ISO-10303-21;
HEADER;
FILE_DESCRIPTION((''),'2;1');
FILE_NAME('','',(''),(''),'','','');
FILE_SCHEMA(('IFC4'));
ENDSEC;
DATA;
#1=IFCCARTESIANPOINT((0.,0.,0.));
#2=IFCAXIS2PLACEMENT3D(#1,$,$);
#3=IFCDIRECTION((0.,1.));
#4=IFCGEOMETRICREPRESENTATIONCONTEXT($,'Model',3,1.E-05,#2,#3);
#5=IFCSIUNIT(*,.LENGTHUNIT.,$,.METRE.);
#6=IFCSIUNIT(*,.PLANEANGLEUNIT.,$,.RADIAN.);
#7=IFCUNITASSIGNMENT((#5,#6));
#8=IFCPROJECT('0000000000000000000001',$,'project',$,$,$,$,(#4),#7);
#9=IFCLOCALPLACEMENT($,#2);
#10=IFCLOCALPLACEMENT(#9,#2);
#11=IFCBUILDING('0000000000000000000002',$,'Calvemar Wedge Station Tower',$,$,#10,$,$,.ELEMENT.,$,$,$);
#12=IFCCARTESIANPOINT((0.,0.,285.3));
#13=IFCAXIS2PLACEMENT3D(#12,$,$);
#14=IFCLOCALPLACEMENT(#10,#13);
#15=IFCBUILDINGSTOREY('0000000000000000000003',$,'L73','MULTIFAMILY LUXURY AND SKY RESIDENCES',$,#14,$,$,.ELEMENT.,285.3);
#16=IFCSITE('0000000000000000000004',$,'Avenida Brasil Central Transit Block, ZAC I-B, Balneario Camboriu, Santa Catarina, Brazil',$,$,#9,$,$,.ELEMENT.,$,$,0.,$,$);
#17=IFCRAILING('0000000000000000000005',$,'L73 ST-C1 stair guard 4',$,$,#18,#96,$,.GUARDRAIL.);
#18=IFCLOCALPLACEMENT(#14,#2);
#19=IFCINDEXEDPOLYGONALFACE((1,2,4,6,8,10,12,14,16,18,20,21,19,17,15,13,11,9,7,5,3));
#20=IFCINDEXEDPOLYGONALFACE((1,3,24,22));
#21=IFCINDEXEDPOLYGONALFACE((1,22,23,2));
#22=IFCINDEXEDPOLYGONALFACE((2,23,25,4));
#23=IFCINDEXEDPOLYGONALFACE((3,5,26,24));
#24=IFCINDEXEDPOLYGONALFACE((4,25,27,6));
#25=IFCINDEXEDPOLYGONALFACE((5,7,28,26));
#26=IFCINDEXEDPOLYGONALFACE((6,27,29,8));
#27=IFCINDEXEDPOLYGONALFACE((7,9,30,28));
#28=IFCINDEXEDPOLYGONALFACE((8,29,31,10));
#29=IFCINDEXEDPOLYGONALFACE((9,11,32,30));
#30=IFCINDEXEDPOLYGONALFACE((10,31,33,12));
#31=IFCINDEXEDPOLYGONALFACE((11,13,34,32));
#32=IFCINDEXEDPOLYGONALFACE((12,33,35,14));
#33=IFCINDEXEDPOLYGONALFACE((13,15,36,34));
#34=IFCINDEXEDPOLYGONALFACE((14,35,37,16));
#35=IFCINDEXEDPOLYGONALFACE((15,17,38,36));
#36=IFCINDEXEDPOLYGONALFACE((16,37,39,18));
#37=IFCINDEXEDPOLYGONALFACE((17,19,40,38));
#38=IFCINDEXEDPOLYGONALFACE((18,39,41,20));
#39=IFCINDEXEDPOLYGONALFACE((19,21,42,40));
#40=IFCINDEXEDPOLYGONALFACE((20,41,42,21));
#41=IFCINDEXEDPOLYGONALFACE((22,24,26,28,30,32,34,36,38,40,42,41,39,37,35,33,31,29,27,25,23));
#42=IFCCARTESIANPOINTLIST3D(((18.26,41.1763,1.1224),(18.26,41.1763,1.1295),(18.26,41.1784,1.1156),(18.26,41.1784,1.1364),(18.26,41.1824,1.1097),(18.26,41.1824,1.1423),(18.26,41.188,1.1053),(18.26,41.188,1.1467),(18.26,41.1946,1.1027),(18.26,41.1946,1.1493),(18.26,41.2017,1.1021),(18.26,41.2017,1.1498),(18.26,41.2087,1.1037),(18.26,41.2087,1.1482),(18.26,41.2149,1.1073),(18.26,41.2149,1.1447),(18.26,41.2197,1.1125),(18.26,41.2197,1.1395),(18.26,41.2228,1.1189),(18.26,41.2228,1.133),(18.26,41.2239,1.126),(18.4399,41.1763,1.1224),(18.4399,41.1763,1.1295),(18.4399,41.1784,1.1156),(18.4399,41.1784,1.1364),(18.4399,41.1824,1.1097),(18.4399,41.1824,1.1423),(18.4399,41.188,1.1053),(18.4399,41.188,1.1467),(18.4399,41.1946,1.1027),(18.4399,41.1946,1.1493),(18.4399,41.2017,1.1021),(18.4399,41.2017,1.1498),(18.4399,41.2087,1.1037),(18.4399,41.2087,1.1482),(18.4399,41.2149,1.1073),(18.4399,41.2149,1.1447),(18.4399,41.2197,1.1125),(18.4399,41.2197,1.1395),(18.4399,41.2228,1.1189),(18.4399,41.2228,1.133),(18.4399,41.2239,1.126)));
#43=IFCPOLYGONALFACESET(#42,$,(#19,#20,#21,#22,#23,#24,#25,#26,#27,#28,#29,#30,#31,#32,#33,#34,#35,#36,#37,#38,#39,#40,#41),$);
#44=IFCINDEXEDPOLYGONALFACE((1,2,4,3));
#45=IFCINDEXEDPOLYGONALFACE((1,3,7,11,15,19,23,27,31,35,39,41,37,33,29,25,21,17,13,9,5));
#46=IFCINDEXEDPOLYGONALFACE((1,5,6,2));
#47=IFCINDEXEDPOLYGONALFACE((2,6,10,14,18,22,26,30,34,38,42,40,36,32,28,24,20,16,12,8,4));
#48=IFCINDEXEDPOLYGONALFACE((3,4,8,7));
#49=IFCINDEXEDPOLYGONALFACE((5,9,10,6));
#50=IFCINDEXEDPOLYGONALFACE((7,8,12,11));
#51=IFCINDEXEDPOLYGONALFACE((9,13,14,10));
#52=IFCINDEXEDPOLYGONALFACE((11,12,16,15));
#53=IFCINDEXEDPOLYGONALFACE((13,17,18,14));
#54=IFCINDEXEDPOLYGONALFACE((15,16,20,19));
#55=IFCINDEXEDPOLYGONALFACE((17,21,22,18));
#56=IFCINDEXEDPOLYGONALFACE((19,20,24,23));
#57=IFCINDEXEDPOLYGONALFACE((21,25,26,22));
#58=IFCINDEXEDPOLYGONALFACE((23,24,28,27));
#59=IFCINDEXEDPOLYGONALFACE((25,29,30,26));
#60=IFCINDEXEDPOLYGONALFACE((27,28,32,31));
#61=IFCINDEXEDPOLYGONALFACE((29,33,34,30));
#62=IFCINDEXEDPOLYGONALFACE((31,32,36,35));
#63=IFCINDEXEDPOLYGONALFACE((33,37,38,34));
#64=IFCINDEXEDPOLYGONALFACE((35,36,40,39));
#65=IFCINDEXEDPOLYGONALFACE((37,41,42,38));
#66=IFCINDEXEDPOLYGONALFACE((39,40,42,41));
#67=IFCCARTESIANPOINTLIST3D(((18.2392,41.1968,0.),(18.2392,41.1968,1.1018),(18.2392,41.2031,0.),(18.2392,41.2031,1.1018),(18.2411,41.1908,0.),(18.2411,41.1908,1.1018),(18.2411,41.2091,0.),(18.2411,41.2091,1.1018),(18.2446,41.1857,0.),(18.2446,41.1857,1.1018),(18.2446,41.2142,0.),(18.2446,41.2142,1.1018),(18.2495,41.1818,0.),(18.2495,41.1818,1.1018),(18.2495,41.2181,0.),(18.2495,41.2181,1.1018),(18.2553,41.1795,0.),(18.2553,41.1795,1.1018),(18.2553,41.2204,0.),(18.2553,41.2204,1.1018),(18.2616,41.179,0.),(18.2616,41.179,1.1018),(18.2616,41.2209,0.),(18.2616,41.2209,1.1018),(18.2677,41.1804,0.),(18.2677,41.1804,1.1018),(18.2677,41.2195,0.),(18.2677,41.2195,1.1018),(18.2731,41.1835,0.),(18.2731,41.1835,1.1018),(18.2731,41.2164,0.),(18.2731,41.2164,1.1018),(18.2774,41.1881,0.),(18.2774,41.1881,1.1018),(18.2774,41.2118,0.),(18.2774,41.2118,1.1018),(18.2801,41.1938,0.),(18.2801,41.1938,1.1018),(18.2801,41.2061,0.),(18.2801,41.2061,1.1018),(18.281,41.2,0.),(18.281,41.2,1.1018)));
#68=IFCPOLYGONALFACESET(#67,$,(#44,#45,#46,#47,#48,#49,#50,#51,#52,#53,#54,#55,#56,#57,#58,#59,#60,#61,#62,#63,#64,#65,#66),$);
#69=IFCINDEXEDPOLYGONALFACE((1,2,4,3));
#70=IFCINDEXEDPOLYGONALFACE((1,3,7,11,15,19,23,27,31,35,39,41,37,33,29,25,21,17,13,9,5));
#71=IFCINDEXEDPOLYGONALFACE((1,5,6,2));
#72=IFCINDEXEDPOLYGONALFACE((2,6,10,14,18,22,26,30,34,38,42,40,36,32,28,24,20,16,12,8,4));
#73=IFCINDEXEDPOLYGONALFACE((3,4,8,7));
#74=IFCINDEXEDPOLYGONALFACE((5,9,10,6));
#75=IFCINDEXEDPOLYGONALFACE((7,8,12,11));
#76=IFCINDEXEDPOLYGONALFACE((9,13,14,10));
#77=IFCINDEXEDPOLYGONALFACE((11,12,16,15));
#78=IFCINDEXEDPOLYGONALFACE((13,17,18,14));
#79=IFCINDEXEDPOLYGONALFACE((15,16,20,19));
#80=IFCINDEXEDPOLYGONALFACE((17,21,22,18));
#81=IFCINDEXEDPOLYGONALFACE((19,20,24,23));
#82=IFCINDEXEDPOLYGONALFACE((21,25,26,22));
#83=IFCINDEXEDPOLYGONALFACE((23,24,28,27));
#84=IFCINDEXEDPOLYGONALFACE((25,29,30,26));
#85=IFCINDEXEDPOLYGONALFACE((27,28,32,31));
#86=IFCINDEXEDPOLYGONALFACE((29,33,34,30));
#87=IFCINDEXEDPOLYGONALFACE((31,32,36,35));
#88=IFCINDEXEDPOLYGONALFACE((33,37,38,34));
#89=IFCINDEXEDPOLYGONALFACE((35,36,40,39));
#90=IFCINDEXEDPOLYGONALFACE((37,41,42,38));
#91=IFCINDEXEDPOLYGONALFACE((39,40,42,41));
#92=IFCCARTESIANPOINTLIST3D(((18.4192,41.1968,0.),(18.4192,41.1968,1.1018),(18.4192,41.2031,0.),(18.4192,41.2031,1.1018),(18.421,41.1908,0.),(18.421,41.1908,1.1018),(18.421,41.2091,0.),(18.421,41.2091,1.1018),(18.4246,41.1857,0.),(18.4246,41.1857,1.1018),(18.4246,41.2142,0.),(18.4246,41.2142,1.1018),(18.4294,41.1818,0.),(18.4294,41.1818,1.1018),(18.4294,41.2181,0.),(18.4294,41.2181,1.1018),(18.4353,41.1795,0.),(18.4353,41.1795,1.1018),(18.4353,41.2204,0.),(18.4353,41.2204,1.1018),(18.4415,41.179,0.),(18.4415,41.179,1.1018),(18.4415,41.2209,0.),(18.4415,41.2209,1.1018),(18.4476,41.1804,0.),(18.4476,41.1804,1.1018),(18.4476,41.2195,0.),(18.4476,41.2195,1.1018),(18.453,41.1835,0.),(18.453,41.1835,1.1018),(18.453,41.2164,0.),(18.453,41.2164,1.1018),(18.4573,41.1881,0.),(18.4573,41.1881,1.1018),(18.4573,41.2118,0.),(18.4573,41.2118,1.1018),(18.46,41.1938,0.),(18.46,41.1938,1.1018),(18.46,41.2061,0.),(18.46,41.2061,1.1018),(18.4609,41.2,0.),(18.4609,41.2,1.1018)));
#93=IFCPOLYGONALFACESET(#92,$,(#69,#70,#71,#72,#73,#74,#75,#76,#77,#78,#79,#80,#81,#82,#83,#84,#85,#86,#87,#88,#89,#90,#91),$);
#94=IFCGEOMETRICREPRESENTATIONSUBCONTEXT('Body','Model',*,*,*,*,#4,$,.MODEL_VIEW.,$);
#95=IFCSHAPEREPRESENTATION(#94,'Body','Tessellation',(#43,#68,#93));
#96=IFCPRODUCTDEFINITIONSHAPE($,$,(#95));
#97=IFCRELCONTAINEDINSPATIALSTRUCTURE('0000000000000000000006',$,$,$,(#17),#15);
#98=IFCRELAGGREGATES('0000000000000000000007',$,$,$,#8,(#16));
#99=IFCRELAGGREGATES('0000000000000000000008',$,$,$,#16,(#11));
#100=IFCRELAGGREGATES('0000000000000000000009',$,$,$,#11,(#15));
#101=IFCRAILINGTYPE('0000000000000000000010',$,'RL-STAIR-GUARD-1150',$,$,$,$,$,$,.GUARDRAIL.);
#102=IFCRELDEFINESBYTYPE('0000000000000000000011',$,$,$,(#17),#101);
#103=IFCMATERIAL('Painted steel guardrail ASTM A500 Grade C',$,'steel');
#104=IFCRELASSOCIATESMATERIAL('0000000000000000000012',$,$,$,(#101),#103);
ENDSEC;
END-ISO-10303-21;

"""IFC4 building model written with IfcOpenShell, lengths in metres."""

from ifc_helpers import new_model, si_unit, direction, frame, origin, origin_2d, place, context, subcontext, project, spatial, circle, extrude, material, type_object, element, save


model = new_model("IFC4")

# Units and contexts
model_context = context("Model", 3, precision=1e-05, world=origin(), true_north=direction((0.0, 1.0)))
body_context = subcontext(model_context, "Body", "Model", "MODEL_VIEW")
ifc_project = project(units=[si_unit("LENGTHUNIT", "METRE"), si_unit("PLANEANGLEUNIT", "RADIAN")], contexts=[model_context])

# Site, building, storey
site_placement = place(None, origin())
site = spatial("IfcSite", under=ifc_project, at=site_placement, Name="Avenida Brasil Central Transit Block, ZAC I-B, Balneario Camboriu, Santa Catarina, Brazil", CompositionType="ELEMENT", RefElevation=0.0)
building_placement = place(site_placement, origin())
building = spatial("IfcBuilding", under=site, at=building_placement, Name="Calvemar Wedge Station Tower", CompositionType="ELEMENT")
storey_placement = place(building_placement, frame((0.0, 0.0, 285.3)))
storey = spatial("IfcBuildingStorey", under=building, at=storey_placement, Name="L73", Description="MULTIFAMILY LUXURY AND SKY RESIDENCES", CompositionType="ELEMENT", Elevation=285.3)

# Railing
ifc_material_1 = material(Name="Painted steel guardrail ASTM A500 Grade C", Category="steel")
railing_type_1 = type_object("IfcRailingType", Name="RL-STAIR-GUARD-1150", PredefinedType="GUARDRAIL", material=ifc_material_1)
railing_1_placement = place(storey_placement, frame((18.26, 41.2, 0.0)))
element("IfcRailing", 1, at=railing_1_placement, inside=storey, type_object=railing_type_1, Name="L73 ST-C1 stair guard 4", PredefinedType="GUARDRAIL", context=body_context, shape_type="SweptSolid", body=[
    extrude(circle(Radius=0.0239, at=origin_2d()), frame((0.0, 0.0, 1.126), z_axis=(1.0, 0.0, 0.0), x_axis=(0.0, 1.0, 0.0)), (0.0, 0.0, 1.0), 0.1799),
    extrude(circle(Radius=0.021, at=origin_2d()), origin(), (0.0, 0.0, 1.0), 1.1018),
    extrude(circle(Radius=0.021, at=origin_2d()), frame((0.1799, 0.0, 0.0)), (0.0, 0.0, 1.0), 1.1018),
])

save(model, "model.ifc")
